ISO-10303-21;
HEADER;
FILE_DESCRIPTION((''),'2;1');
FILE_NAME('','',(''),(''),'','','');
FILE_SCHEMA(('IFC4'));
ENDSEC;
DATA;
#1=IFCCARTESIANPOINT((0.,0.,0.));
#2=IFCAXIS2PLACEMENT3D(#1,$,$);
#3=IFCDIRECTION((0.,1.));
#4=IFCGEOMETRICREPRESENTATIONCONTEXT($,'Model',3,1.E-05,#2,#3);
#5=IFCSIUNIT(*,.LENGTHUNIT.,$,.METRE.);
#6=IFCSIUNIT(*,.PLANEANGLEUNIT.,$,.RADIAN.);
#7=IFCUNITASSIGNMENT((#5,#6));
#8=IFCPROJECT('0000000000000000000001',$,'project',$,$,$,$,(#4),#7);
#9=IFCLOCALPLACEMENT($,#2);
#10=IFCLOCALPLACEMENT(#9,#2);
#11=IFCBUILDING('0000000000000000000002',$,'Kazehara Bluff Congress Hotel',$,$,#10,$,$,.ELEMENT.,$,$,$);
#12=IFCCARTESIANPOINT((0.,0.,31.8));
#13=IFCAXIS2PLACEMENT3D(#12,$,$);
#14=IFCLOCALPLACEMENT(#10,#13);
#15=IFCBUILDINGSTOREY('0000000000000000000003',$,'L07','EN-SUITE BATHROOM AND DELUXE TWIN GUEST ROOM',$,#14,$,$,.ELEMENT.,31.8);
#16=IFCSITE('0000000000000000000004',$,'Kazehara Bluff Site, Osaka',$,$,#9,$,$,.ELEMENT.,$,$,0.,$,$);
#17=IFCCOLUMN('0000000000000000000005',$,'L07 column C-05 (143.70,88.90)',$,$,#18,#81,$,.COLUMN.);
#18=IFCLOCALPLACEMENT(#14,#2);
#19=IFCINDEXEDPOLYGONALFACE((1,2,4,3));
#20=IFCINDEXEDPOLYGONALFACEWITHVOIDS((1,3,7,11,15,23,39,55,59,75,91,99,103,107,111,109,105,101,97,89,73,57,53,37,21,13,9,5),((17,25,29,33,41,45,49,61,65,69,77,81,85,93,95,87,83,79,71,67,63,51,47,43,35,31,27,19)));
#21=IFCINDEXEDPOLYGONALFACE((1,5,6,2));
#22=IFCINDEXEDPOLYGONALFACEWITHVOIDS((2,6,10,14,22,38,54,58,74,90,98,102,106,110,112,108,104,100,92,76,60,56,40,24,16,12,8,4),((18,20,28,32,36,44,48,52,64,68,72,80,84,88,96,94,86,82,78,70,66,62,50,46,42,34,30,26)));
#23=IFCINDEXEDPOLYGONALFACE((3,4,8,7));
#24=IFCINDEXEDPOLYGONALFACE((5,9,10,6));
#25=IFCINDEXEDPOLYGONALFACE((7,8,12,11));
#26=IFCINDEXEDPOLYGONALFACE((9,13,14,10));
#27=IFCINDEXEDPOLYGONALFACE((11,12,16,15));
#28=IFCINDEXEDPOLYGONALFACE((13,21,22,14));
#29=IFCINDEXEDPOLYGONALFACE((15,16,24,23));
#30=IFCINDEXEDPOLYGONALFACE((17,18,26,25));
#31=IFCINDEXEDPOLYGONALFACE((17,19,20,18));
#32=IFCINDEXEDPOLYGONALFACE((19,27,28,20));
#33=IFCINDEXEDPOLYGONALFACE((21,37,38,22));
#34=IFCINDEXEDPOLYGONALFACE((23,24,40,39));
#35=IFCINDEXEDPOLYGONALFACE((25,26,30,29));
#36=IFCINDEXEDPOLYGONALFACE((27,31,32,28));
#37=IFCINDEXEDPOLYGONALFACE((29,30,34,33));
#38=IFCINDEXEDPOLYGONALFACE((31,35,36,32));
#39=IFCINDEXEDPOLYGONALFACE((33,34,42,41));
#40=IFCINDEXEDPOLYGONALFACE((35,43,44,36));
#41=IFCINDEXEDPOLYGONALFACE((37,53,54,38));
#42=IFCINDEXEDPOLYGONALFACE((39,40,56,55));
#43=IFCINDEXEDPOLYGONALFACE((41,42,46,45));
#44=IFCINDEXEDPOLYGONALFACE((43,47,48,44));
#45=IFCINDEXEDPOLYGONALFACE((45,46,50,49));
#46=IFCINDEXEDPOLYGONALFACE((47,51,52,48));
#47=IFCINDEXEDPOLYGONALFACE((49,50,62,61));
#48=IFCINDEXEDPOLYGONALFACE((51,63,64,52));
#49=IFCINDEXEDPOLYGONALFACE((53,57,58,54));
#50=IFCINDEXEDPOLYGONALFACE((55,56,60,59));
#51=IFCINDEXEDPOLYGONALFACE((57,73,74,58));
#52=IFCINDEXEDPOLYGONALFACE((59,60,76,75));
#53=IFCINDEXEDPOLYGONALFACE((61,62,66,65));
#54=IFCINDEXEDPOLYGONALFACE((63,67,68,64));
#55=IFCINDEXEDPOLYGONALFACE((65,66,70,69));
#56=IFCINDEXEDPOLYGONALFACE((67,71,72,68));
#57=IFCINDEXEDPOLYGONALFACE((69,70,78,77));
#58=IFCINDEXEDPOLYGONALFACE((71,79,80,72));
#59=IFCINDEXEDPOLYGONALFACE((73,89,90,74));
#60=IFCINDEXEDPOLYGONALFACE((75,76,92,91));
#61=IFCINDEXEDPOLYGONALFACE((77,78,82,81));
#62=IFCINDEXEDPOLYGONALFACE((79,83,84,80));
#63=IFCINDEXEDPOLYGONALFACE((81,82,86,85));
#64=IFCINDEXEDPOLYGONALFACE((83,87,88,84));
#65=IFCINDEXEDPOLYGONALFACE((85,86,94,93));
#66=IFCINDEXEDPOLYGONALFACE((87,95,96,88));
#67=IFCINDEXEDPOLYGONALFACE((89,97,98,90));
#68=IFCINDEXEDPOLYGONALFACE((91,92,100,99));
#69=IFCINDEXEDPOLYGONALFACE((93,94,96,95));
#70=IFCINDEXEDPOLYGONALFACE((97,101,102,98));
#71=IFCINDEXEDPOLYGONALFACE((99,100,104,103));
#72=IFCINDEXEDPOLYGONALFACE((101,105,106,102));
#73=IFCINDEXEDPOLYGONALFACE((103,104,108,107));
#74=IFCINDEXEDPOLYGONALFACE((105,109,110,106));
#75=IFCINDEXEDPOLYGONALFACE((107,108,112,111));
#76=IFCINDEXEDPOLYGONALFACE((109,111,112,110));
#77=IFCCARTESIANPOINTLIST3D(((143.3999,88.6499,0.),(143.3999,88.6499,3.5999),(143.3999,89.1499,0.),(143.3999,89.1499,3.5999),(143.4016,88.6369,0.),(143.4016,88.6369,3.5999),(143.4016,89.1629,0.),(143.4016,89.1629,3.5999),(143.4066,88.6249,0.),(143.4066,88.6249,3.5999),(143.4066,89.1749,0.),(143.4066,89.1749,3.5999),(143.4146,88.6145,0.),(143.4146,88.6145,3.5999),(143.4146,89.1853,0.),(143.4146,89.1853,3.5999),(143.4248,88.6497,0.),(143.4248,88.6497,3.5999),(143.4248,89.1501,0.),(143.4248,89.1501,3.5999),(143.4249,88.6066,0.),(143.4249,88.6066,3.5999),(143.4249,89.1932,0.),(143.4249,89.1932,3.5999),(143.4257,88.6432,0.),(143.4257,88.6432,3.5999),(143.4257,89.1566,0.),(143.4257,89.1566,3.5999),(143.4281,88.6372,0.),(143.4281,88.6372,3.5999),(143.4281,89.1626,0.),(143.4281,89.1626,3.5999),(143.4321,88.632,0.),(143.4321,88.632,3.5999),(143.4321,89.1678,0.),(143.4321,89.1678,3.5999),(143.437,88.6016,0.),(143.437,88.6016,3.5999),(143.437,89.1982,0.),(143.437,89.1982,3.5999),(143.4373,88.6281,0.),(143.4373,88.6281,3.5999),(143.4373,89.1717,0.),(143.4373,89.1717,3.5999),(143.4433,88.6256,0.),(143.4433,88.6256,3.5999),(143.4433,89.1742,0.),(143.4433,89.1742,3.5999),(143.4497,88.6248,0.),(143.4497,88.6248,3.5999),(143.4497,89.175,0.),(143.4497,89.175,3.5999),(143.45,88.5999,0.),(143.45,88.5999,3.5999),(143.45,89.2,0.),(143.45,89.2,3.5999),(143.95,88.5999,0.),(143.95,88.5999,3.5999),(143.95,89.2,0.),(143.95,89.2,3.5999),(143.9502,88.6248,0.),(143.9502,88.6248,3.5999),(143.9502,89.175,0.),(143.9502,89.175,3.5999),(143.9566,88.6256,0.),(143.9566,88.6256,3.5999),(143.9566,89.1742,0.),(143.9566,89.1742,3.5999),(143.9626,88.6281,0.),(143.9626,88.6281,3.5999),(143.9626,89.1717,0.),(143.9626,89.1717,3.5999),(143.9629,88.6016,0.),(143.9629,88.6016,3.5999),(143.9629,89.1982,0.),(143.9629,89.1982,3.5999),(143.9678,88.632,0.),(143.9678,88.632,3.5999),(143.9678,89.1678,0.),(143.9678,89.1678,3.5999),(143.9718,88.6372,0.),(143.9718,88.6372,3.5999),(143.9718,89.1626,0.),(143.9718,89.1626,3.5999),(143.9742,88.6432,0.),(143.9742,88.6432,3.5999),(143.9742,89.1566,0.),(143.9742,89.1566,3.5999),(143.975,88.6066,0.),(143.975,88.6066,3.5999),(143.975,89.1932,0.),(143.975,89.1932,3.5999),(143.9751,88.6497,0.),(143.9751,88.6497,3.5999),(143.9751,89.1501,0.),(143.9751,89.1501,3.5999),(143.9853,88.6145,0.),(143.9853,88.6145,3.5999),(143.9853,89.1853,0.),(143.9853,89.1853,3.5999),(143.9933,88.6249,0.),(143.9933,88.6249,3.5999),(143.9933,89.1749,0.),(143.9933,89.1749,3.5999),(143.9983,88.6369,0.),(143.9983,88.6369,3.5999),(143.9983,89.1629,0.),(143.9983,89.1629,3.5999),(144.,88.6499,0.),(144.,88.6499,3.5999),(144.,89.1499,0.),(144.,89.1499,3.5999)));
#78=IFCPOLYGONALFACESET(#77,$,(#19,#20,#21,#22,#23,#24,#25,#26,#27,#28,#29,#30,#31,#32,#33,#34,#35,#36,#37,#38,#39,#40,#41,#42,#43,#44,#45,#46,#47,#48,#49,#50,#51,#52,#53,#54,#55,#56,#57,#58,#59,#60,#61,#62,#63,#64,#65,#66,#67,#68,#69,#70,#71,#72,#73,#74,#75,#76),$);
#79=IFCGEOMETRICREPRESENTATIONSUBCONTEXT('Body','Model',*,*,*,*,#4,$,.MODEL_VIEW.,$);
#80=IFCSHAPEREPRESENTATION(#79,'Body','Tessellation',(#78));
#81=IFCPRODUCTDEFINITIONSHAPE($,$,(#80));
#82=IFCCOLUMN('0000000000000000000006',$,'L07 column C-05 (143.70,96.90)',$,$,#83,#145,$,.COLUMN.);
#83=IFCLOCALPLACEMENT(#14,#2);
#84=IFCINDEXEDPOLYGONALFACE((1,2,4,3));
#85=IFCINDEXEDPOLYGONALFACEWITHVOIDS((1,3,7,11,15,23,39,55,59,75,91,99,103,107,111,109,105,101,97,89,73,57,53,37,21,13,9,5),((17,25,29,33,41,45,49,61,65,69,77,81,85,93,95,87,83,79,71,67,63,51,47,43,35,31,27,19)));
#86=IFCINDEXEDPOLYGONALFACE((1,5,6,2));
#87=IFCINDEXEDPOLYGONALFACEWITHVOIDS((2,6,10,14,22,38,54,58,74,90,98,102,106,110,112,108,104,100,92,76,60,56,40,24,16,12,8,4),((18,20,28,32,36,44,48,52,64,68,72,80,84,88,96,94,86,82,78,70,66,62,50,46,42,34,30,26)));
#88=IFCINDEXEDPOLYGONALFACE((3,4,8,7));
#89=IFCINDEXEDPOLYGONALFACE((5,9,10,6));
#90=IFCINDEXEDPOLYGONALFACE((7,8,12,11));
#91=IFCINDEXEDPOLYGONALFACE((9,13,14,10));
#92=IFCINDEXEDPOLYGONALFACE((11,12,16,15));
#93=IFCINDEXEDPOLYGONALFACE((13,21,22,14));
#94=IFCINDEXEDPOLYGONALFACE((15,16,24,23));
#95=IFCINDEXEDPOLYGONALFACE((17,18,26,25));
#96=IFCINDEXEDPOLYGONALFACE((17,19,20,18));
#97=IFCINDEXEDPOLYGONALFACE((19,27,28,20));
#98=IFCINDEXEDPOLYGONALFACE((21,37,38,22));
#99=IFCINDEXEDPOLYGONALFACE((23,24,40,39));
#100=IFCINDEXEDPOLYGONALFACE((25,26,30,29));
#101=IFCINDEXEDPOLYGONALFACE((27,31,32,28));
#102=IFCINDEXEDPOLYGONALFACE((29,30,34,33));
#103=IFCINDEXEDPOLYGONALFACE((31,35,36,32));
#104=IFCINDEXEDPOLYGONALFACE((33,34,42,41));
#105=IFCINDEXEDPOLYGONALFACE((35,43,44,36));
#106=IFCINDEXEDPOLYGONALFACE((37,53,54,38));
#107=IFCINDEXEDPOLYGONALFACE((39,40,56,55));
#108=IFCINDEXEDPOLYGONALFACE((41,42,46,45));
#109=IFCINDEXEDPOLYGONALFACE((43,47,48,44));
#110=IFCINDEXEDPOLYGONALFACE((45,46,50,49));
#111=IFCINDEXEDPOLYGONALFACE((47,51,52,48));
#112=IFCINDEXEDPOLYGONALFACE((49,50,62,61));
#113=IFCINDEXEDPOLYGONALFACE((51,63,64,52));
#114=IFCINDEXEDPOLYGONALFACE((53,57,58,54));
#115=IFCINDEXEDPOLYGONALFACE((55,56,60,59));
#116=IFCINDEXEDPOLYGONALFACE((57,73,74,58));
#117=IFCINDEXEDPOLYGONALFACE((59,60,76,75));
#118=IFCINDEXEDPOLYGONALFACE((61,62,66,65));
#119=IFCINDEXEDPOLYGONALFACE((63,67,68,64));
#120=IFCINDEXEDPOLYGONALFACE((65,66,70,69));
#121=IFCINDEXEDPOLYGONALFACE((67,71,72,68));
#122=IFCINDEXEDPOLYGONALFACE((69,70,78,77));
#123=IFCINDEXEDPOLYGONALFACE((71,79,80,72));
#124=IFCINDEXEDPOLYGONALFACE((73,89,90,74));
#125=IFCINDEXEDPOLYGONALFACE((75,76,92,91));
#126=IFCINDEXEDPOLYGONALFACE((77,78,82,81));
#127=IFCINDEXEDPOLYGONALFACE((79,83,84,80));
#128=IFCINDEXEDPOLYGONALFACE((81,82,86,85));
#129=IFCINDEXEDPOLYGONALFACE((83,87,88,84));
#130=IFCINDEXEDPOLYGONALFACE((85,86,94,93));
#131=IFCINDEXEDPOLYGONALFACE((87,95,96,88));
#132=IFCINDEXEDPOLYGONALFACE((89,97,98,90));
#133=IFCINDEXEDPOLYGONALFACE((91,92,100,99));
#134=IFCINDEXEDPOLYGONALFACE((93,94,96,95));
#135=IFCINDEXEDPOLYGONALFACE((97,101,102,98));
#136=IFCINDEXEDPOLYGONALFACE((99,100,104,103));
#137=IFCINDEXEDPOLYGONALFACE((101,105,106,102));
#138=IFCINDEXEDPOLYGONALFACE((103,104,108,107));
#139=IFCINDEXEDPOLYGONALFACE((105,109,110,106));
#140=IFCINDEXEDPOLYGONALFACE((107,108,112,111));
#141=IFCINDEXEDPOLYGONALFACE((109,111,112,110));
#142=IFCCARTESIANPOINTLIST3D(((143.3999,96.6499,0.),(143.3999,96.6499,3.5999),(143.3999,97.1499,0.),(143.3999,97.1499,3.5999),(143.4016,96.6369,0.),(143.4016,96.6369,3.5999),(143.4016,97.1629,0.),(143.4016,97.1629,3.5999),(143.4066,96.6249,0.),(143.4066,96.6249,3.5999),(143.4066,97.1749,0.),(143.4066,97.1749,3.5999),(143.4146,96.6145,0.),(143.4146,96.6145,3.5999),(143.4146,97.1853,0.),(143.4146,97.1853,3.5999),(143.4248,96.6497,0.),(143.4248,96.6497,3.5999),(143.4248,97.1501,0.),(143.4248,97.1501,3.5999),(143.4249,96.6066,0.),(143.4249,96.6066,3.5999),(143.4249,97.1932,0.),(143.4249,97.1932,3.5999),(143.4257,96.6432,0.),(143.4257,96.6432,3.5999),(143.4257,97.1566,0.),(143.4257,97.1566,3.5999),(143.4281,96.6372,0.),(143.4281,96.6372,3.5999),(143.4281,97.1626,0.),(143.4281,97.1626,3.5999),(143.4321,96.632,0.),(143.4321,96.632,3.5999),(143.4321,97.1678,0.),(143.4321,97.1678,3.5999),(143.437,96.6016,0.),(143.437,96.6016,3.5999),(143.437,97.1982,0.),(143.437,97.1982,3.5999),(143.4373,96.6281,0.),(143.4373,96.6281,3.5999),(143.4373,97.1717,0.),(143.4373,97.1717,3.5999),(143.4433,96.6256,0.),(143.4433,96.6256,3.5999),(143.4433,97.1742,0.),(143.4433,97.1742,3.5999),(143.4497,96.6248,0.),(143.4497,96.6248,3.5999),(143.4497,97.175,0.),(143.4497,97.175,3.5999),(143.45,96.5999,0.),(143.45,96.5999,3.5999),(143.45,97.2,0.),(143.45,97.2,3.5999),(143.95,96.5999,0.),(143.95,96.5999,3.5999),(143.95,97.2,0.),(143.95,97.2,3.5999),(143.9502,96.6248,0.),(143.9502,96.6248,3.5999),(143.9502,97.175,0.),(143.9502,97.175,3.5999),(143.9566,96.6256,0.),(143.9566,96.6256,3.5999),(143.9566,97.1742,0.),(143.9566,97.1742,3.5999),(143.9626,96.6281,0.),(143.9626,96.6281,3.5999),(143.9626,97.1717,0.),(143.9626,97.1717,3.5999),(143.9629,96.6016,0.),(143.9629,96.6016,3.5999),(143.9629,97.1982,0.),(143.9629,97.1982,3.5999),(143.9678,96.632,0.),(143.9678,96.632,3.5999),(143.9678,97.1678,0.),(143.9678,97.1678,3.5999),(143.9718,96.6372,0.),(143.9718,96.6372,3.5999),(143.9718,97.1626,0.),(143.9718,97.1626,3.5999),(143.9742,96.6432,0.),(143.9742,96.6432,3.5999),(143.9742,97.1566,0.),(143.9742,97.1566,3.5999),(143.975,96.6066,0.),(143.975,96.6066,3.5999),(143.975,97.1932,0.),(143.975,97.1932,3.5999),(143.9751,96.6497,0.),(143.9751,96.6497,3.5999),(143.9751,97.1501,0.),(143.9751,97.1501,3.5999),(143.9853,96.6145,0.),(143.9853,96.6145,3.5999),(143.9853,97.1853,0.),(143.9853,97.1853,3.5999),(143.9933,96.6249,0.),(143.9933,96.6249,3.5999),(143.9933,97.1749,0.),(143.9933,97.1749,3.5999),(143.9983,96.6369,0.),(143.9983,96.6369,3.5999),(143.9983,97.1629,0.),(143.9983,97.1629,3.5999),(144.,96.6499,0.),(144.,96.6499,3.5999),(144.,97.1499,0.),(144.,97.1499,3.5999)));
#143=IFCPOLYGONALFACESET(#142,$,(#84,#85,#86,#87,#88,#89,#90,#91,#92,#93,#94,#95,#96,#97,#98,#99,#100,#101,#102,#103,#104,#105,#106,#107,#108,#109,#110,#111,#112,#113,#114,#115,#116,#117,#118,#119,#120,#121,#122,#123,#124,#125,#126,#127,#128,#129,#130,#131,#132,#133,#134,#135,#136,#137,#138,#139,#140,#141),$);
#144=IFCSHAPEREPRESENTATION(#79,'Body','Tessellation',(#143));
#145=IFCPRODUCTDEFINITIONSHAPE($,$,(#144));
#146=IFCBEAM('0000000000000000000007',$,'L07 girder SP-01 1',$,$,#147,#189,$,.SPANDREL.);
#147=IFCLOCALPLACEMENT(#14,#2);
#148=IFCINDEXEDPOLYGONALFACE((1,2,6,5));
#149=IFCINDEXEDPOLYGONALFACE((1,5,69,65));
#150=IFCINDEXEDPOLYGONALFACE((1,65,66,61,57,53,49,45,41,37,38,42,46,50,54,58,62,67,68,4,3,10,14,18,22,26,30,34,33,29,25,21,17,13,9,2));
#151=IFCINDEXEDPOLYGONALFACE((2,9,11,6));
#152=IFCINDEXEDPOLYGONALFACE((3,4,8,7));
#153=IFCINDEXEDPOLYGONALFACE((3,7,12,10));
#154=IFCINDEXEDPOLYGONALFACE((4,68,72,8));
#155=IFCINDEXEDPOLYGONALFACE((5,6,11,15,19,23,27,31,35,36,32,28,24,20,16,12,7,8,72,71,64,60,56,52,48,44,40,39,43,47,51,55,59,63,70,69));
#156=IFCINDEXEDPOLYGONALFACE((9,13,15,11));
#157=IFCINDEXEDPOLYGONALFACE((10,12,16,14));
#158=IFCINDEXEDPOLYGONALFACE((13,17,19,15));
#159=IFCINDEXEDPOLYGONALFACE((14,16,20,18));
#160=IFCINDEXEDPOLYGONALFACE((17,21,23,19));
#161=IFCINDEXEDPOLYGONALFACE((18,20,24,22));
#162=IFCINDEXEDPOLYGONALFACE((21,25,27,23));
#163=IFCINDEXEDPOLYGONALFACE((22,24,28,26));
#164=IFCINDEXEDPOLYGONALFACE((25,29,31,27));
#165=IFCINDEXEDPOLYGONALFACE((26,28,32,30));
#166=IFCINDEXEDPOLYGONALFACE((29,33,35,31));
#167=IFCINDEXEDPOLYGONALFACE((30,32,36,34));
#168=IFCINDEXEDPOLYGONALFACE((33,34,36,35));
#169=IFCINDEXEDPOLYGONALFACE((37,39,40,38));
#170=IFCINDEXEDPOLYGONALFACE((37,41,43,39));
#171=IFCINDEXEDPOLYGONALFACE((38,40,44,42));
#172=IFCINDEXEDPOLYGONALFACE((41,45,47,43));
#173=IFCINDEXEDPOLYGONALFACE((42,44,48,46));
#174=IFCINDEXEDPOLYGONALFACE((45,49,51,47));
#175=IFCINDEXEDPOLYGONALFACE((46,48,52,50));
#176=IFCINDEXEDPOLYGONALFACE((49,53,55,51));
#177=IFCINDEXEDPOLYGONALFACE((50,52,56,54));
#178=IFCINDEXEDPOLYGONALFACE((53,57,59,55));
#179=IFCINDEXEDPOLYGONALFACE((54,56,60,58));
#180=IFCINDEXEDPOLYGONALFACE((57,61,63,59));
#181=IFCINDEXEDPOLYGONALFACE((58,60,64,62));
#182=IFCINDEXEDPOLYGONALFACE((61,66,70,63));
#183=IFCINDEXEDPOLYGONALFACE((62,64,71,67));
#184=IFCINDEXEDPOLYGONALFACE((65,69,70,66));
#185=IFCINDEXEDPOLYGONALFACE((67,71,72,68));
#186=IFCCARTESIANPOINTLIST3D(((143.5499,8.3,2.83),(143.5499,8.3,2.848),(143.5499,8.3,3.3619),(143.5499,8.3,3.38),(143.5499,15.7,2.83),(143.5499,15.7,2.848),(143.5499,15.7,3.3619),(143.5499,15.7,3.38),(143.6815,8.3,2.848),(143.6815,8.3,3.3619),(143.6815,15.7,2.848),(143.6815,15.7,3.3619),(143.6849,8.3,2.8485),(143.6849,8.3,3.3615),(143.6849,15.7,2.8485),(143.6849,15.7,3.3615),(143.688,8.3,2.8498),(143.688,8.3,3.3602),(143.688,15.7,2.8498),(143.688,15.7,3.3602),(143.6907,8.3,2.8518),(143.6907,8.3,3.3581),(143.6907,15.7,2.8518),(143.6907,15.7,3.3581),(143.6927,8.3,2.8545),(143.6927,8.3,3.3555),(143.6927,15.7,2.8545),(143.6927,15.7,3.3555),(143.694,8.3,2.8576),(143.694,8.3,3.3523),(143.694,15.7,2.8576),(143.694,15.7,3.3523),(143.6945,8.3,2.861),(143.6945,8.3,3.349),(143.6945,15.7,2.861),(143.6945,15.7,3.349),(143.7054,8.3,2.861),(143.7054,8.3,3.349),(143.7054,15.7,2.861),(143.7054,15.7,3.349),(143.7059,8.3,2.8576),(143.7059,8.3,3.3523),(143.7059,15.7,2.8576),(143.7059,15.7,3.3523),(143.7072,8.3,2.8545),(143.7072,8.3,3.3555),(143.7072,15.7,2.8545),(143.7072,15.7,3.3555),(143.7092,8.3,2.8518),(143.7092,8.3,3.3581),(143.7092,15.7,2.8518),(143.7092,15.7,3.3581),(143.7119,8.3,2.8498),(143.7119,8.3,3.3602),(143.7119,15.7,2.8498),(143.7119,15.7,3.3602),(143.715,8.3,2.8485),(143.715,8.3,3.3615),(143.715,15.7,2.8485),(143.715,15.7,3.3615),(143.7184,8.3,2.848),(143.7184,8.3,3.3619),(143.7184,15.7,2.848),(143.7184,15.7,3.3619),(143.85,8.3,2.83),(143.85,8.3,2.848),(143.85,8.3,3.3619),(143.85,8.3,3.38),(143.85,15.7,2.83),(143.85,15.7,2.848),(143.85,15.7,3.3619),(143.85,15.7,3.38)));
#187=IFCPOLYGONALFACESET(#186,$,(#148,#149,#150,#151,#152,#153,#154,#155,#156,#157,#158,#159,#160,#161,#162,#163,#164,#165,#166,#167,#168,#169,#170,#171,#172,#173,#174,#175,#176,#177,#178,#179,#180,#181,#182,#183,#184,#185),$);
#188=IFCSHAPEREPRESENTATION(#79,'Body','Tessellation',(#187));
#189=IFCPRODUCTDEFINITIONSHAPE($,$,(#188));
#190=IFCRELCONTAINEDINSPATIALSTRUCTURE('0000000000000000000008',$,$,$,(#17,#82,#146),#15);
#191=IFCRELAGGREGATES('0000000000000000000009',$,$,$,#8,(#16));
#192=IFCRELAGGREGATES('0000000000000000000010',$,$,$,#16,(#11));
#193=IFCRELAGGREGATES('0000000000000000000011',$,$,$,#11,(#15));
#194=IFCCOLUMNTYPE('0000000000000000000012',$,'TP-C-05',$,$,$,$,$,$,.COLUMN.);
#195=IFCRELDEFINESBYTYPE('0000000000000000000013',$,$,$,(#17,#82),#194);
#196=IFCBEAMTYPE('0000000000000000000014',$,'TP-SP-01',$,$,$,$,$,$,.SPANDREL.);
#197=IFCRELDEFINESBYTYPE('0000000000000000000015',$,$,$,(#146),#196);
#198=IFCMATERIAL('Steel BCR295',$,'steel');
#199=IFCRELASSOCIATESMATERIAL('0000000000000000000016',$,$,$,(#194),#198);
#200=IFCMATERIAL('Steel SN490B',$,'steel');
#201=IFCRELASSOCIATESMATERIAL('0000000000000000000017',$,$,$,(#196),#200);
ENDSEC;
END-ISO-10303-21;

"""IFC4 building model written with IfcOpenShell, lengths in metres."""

from ifc_helpers import new_model, si_unit, direction, frame, origin, origin_2d, place, context, subcontext, project, spatial, hollow_rectangle, i_section, extrude, material, material_profile, profile_set, type_object, element, save


model = new_model("IFC4")

# Units and contexts
model_context = context("Model", 3, precision=1e-05, world=origin(), true_north=direction((0.0, 1.0)))
body_context = subcontext(model_context, "Body", "Model", "MODEL_VIEW")
ifc_project = project(units=[si_unit("LENGTHUNIT", "METRE"), si_unit("PLANEANGLEUNIT", "RADIAN")], contexts=[model_context])

# Site, building, storey
site_placement = place(None, origin())
site = spatial("IfcSite", under=ifc_project, at=site_placement, Name="Kazehara Bluff Site, Osaka", CompositionType="ELEMENT", RefElevation=0.0)
building_placement = place(site_placement, origin())
building = spatial("IfcBuilding", under=site, at=building_placement, Name="Kazehara Bluff Congress Hotel", CompositionType="ELEMENT")
storey_placement = place(building_placement, frame((0.0, 0.0, 31.8)))
storey = spatial("IfcBuildingStorey", under=building, at=storey_placement, Name="L07", Description="EN-SUITE BATHROOM AND DELUXE TWIN GUEST ROOM", CompositionType="ELEMENT", Elevation=31.8)

# Columns
ifc_material_1 = material(Name="Steel BCR295", Category="steel")
ifc_material_profile_1 = material_profile(ifc_material_1, hollow_rectangle(XDim=0.6001, YDim=0.6001, WallThickness=0.0249, InnerFilletRadius=0.0249, OuterFilletRadius=0.05, at=origin_2d()))
ifc_profile_set_1 = profile_set([ifc_material_profile_1], Name="Steel BCR295")
column_type = type_object("IfcColumnType", Name="TP-C-05", PredefinedType="COLUMN", material=ifc_profile_set_1)
for number, where, z_axis, x_axis, name in (
    (1, (143.7, 88.8999, 0.0), (0.0, 0.0, 1.0), (1.0, 0.0, 0.0), "L07 column C-05 (143.70,88.90)"),
    (2, (143.7, 96.8999, 0.0), (0.0, 0.0, 1.0), (1.0, 0.0, 0.0), "L07 column C-05 (143.70,96.90)"),
):
    element("IfcColumn", number, at=place(storey_placement, frame(where, z_axis=z_axis, x_axis=x_axis)), inside=storey, type_object=column_type, Name=name, PredefinedType="COLUMN", context=body_context, shape_type="SweptSolid", body=[
        extrude(hollow_rectangle(XDim=0.6001, YDim=0.6001, WallThickness=0.0249, InnerFilletRadius=0.0249, OuterFilletRadius=0.05, at=origin_2d()), origin(), (0.0, 0.0, 1.0), 3.5999),
    ])

# Beam
ifc_material_2 = material(Name="Steel SN490B", Category="steel")
ifc_material_profile_2 = material_profile(ifc_material_2, i_section(OverallWidth=0.3, OverallDepth=0.55, WebThickness=0.011, FlangeThickness=0.0181, FilletRadius=0.0129, at=origin_2d()))
ifc_profile_set_2 = profile_set([ifc_material_profile_2], Name="Steel SN490B")
beam_type = type_object("IfcBeamType", Name="TP-SP-01", PredefinedType="SPANDREL", material=ifc_profile_set_2)
beam_placement = place(storey_placement, frame((143.7, 8.3, 3.105), z_axis=(0.0, 1.0, 0.0), x_axis=(-1.0, 0.0, 0.0)))
element("IfcBeam", 3, at=beam_placement, inside=storey, type_object=beam_type, Name="L07 girder SP-01 1", PredefinedType="SPANDREL", context=body_context, shape_type="SweptSolid", body=[
    extrude(i_section(OverallWidth=0.3, OverallDepth=0.55, WebThickness=0.011, FlangeThickness=0.0181, FilletRadius=0.0129, at=origin_2d()), origin(), (0.0, 0.0, 1.0), 7.3999),
])

save(model, "model.ifc")
